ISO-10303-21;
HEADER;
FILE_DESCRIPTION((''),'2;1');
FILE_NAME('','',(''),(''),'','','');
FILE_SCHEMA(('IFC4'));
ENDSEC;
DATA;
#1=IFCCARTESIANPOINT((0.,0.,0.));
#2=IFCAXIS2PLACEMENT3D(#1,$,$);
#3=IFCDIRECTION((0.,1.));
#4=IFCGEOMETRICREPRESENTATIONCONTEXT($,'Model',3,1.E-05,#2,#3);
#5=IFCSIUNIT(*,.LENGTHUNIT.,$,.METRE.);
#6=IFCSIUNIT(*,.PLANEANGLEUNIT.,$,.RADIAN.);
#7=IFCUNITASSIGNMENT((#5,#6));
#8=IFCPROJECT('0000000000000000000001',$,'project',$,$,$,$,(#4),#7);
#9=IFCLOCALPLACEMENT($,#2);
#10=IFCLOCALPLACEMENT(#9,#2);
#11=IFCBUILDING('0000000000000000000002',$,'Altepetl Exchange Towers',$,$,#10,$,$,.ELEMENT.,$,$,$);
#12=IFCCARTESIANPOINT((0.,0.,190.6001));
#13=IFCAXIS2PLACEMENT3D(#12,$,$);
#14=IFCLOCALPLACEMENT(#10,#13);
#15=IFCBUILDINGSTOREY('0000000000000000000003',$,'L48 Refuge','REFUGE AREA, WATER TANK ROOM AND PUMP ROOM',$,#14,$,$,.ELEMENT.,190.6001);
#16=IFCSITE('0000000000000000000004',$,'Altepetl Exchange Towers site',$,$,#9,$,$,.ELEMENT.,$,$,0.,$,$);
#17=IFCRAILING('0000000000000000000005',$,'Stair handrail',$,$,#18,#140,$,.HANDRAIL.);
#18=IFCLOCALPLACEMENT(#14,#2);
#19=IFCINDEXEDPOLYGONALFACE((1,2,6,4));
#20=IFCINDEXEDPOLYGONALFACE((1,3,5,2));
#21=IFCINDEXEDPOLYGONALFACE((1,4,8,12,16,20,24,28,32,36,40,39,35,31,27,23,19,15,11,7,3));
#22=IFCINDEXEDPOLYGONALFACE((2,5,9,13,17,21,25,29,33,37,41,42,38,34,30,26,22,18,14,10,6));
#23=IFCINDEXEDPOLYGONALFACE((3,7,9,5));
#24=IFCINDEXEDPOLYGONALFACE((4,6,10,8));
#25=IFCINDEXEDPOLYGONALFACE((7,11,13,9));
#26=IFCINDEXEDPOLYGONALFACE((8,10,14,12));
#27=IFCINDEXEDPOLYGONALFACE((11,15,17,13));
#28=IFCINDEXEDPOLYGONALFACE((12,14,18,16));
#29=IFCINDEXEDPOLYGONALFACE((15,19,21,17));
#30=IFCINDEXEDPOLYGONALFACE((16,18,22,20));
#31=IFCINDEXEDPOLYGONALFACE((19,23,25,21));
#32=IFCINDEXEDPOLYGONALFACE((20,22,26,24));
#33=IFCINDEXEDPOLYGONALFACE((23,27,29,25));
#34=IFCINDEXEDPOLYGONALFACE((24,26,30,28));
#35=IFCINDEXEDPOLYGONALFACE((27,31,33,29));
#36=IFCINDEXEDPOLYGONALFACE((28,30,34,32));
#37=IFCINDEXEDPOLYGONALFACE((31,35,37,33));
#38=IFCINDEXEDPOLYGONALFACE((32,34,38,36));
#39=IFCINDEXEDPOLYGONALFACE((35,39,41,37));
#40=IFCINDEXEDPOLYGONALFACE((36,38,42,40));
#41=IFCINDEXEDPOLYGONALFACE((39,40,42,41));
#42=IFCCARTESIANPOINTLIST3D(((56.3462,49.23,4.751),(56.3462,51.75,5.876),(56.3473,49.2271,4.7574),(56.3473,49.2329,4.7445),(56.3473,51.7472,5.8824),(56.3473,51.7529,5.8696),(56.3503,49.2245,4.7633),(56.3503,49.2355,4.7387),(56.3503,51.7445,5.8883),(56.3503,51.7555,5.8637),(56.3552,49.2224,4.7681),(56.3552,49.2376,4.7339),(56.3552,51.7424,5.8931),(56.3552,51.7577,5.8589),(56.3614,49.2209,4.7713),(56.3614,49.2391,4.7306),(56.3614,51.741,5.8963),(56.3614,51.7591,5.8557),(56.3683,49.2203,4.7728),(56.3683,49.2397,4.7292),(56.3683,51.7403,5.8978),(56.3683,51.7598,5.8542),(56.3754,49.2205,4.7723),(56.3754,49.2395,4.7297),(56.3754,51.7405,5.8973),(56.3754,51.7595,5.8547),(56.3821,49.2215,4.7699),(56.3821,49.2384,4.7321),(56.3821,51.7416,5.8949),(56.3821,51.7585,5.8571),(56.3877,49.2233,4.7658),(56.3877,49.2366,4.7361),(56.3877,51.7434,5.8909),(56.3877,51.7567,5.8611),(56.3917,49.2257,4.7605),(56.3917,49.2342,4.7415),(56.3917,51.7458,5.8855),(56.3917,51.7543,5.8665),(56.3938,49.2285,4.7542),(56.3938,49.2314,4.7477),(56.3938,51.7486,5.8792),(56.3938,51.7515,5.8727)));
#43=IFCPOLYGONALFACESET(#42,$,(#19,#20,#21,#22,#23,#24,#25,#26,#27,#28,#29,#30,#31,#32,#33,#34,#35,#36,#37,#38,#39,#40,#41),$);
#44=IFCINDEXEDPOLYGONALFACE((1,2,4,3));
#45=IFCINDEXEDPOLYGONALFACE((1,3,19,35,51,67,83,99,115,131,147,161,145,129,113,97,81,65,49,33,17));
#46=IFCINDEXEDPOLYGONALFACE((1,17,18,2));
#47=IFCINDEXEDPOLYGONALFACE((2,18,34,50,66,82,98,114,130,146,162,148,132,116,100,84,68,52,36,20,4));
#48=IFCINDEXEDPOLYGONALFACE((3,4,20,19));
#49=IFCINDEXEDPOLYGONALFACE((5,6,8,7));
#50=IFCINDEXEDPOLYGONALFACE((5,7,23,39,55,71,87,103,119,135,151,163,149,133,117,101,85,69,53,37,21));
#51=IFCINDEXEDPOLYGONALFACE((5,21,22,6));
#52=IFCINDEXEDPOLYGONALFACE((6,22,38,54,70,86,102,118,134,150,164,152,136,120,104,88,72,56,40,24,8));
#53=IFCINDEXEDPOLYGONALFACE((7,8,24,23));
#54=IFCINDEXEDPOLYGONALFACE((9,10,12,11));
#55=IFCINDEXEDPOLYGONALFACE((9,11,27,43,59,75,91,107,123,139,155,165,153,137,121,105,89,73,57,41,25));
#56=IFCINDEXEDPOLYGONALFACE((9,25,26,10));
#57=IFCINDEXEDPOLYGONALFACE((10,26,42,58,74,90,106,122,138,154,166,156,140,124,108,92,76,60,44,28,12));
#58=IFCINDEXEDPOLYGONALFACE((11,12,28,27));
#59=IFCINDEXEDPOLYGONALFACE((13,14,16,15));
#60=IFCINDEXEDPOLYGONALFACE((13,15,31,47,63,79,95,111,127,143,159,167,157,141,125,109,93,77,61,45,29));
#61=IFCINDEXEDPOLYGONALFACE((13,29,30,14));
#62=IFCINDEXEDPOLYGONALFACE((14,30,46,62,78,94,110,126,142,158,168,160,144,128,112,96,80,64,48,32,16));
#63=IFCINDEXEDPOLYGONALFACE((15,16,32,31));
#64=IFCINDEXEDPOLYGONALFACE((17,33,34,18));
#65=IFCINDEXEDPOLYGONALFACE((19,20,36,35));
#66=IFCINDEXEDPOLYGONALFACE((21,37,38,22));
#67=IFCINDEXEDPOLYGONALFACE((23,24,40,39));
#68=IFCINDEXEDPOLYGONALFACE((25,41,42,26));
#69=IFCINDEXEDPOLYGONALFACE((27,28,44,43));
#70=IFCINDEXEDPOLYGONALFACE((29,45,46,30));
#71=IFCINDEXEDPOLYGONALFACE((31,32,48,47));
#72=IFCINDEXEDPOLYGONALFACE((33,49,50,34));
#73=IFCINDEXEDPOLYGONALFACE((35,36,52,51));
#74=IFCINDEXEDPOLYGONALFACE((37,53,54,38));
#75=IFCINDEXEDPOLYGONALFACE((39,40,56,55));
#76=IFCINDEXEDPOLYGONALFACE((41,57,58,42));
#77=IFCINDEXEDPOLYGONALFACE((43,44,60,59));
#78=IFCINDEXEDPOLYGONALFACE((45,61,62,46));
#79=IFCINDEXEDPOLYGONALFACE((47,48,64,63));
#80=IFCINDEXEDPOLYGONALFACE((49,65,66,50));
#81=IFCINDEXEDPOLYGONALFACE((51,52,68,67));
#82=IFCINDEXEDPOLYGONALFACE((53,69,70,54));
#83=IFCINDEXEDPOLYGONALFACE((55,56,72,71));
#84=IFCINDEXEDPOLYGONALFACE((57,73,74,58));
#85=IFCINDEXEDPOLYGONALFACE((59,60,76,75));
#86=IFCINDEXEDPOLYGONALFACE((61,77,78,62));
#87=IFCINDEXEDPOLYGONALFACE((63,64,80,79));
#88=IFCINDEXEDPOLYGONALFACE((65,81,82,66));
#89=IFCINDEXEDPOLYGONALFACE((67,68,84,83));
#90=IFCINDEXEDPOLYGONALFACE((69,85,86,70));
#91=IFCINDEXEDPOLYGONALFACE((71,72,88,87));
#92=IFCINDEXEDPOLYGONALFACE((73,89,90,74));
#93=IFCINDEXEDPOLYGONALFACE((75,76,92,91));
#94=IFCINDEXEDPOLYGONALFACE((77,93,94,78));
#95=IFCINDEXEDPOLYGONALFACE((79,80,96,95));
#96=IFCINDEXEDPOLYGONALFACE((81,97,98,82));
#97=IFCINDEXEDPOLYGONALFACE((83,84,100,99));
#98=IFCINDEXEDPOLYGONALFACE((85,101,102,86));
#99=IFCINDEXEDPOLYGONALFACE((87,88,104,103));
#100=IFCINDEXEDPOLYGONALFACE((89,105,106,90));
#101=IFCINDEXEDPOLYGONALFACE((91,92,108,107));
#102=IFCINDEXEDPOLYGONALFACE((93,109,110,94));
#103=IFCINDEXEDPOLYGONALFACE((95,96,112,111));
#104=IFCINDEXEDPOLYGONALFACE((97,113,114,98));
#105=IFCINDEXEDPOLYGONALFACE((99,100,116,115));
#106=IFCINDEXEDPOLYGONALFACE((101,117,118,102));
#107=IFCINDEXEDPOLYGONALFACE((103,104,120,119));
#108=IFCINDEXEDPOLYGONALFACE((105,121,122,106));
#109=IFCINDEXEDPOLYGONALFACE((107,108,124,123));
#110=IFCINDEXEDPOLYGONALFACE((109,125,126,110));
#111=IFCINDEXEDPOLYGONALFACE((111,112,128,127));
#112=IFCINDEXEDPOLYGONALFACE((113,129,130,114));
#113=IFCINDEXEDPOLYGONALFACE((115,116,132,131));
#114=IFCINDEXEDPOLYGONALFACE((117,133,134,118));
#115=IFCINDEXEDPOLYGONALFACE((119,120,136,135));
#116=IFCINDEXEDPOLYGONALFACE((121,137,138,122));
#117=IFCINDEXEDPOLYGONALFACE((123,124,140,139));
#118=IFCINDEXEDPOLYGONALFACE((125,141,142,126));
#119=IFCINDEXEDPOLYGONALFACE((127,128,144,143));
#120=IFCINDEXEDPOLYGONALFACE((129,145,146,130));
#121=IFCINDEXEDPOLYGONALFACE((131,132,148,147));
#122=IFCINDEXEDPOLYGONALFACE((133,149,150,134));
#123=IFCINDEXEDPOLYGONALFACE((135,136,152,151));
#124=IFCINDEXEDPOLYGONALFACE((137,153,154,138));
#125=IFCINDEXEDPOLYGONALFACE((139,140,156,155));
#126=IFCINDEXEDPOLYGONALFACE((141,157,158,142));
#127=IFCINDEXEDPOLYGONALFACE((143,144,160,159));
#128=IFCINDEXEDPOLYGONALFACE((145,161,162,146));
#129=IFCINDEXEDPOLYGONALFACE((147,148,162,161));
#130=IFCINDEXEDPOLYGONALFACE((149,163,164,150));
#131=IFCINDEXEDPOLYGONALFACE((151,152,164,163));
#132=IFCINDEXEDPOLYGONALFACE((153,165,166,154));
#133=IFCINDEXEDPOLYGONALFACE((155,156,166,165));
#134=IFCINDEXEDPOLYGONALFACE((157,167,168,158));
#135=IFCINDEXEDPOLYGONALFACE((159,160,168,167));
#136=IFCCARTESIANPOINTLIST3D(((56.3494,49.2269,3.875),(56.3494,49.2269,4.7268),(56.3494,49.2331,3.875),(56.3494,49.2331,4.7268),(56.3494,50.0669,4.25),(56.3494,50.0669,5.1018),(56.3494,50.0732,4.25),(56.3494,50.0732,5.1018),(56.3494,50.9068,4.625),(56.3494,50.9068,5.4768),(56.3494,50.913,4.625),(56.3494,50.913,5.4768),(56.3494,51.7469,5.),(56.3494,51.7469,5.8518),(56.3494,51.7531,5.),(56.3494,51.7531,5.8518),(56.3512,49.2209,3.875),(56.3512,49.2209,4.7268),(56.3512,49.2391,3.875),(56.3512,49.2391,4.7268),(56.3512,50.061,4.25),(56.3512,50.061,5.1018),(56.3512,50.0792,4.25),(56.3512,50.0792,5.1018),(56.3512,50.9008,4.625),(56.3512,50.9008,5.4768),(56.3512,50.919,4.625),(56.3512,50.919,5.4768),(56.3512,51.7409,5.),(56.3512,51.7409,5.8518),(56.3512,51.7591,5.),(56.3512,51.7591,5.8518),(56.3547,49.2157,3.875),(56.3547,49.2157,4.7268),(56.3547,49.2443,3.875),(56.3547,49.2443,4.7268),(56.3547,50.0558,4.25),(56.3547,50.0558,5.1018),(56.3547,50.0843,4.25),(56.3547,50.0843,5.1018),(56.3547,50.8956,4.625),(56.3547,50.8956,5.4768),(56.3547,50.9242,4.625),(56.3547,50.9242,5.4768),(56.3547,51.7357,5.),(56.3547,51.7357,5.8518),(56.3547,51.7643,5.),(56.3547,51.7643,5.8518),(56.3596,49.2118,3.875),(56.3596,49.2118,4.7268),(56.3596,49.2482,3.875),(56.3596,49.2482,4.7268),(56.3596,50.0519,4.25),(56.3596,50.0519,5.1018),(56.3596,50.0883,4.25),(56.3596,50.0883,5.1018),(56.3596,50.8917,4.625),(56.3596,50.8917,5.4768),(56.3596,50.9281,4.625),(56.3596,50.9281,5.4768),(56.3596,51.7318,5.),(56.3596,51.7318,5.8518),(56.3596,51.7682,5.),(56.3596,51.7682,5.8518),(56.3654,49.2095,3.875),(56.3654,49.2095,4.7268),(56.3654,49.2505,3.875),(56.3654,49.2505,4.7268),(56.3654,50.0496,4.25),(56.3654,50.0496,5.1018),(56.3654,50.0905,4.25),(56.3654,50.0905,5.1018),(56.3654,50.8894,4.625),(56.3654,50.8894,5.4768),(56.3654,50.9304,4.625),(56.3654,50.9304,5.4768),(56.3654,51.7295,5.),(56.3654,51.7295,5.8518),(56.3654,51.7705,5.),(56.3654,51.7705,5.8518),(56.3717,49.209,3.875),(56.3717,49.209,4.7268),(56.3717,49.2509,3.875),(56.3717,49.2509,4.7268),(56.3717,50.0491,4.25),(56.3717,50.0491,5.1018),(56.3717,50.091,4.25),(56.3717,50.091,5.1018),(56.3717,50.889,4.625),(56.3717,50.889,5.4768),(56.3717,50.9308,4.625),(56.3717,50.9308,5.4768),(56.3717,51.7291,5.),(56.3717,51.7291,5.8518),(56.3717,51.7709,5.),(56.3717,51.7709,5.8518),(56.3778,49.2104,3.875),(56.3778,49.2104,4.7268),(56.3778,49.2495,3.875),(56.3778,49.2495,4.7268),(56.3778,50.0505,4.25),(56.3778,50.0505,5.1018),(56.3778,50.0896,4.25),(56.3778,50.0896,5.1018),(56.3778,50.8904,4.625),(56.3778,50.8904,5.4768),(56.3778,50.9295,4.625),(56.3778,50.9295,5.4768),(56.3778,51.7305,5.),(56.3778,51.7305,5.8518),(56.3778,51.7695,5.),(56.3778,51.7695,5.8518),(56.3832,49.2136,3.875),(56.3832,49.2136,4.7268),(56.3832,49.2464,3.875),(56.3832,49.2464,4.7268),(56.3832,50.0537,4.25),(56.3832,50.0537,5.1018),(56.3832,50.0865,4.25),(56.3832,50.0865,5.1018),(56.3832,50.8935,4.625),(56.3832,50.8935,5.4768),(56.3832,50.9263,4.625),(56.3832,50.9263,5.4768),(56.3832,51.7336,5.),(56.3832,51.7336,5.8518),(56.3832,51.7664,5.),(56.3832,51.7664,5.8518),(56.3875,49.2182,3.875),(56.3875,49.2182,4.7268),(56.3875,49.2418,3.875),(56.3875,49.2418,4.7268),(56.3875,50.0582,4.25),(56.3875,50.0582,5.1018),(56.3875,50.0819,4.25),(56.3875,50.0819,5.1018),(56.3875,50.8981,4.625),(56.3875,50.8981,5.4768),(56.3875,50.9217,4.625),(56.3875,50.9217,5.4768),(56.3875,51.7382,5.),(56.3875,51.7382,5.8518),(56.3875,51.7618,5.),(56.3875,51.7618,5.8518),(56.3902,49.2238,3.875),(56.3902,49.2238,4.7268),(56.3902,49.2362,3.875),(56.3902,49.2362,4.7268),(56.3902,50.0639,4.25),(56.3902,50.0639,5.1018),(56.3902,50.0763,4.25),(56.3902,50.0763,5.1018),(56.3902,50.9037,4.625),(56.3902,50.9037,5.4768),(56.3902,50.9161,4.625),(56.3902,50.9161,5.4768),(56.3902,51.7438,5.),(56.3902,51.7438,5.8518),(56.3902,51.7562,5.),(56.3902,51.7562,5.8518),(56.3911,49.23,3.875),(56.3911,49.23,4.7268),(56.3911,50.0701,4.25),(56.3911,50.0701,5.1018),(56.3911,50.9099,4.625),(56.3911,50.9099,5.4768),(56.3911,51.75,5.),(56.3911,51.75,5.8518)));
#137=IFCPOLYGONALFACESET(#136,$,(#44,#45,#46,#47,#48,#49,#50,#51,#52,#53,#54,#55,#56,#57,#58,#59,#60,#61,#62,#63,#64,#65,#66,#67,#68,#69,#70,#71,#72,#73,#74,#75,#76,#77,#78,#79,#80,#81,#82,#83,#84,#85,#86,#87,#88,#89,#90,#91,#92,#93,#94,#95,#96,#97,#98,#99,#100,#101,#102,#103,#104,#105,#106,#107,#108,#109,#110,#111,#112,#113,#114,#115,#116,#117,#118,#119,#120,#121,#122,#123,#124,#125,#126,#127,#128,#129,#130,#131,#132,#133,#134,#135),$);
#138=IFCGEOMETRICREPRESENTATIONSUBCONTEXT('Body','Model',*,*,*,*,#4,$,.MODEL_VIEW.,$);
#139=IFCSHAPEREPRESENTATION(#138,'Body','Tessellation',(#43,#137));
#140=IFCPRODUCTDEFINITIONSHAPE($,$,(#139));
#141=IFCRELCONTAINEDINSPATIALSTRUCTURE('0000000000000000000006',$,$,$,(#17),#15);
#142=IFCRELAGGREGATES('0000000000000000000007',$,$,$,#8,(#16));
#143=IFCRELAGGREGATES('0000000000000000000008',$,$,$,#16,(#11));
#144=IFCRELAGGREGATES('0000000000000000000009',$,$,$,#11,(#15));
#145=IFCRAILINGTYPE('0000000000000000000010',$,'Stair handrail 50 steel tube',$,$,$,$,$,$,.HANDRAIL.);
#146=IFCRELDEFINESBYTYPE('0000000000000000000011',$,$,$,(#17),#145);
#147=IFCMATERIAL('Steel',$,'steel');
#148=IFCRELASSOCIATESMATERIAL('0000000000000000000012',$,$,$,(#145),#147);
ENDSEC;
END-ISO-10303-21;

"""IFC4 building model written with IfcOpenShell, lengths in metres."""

from ifc_helpers import new_model, si_unit, direction, frame, origin, origin_2d, place, context, subcontext, project, spatial, circle, extrude, source, transform, mapped, material, type_object, element, save


model = new_model("IFC4")

# Units and contexts
model_context = context("Model", 3, precision=1e-05, world=origin(), true_north=direction((0.0, 1.0)))
body_context = subcontext(model_context, "Body", "Model", "MODEL_VIEW")
ifc_project = project(units=[si_unit("LENGTHUNIT", "METRE"), si_unit("PLANEANGLEUNIT", "RADIAN")], contexts=[model_context])

# Site, building, storey
site_placement = place(None, origin())
site = spatial("IfcSite", under=ifc_project, at=site_placement, Name="Altepetl Exchange Towers site", CompositionType="ELEMENT", RefElevation=0.0)
building_placement = place(site_placement, origin())
building = spatial("IfcBuilding", under=site, at=building_placement, Name="Altepetl Exchange Towers", CompositionType="ELEMENT")
storey_placement = place(building_placement, frame((0.0, 0.0, 190.6001)))
storey = spatial("IfcBuildingStorey", under=building, at=storey_placement, Name="L48 Refuge", Description="REFUGE AREA, WATER TANK ROOM AND PUMP ROOM", CompositionType="ELEMENT", Elevation=190.6001)

# Railing
ifc_material_1 = material(Name="Steel", Category="steel")
railing_type_1 = type_object("IfcRailingType", Name="Stair handrail 50 steel tube", PredefinedType="HANDRAIL", material=ifc_material_1)
shared_shape_1 = source(origin(), body_context, "Body", "SweptSolid", [
    extrude(circle(Radius=0.021, at=origin_2d()), origin(), (0.0, 0.0, 1.0), 0.8518),
])
railing_1_placement = place(storey_placement, frame((56.3701, 49.23, 3.875)))
element("IfcRailing", 1, at=railing_1_placement, inside=storey, type_object=railing_type_1, Name="Stair handrail", PredefinedType="HANDRAIL", context=body_context, shape_type="SweptSolid", body=[
    extrude(circle(Radius=0.0239, at=origin_2d()), frame((0.0, 0.0, 0.876), z_axis=(0.0, 0.913139, 0.407648), x_axis=(-1.0, 0.0, 0.0)), (0.0, 0.0, 1.0), 2.7598),
    mapped(shared_shape_1, transform((0.0, 0.0, 0.0))),
    mapped(shared_shape_1, transform((0.0, 0.8401, 0.375))),
    mapped(shared_shape_1, transform((0.0, 1.6799, 0.75))),
    mapped(shared_shape_1, transform((0.0, 2.52, 1.125))),
])

save(model, "model.ifc")
